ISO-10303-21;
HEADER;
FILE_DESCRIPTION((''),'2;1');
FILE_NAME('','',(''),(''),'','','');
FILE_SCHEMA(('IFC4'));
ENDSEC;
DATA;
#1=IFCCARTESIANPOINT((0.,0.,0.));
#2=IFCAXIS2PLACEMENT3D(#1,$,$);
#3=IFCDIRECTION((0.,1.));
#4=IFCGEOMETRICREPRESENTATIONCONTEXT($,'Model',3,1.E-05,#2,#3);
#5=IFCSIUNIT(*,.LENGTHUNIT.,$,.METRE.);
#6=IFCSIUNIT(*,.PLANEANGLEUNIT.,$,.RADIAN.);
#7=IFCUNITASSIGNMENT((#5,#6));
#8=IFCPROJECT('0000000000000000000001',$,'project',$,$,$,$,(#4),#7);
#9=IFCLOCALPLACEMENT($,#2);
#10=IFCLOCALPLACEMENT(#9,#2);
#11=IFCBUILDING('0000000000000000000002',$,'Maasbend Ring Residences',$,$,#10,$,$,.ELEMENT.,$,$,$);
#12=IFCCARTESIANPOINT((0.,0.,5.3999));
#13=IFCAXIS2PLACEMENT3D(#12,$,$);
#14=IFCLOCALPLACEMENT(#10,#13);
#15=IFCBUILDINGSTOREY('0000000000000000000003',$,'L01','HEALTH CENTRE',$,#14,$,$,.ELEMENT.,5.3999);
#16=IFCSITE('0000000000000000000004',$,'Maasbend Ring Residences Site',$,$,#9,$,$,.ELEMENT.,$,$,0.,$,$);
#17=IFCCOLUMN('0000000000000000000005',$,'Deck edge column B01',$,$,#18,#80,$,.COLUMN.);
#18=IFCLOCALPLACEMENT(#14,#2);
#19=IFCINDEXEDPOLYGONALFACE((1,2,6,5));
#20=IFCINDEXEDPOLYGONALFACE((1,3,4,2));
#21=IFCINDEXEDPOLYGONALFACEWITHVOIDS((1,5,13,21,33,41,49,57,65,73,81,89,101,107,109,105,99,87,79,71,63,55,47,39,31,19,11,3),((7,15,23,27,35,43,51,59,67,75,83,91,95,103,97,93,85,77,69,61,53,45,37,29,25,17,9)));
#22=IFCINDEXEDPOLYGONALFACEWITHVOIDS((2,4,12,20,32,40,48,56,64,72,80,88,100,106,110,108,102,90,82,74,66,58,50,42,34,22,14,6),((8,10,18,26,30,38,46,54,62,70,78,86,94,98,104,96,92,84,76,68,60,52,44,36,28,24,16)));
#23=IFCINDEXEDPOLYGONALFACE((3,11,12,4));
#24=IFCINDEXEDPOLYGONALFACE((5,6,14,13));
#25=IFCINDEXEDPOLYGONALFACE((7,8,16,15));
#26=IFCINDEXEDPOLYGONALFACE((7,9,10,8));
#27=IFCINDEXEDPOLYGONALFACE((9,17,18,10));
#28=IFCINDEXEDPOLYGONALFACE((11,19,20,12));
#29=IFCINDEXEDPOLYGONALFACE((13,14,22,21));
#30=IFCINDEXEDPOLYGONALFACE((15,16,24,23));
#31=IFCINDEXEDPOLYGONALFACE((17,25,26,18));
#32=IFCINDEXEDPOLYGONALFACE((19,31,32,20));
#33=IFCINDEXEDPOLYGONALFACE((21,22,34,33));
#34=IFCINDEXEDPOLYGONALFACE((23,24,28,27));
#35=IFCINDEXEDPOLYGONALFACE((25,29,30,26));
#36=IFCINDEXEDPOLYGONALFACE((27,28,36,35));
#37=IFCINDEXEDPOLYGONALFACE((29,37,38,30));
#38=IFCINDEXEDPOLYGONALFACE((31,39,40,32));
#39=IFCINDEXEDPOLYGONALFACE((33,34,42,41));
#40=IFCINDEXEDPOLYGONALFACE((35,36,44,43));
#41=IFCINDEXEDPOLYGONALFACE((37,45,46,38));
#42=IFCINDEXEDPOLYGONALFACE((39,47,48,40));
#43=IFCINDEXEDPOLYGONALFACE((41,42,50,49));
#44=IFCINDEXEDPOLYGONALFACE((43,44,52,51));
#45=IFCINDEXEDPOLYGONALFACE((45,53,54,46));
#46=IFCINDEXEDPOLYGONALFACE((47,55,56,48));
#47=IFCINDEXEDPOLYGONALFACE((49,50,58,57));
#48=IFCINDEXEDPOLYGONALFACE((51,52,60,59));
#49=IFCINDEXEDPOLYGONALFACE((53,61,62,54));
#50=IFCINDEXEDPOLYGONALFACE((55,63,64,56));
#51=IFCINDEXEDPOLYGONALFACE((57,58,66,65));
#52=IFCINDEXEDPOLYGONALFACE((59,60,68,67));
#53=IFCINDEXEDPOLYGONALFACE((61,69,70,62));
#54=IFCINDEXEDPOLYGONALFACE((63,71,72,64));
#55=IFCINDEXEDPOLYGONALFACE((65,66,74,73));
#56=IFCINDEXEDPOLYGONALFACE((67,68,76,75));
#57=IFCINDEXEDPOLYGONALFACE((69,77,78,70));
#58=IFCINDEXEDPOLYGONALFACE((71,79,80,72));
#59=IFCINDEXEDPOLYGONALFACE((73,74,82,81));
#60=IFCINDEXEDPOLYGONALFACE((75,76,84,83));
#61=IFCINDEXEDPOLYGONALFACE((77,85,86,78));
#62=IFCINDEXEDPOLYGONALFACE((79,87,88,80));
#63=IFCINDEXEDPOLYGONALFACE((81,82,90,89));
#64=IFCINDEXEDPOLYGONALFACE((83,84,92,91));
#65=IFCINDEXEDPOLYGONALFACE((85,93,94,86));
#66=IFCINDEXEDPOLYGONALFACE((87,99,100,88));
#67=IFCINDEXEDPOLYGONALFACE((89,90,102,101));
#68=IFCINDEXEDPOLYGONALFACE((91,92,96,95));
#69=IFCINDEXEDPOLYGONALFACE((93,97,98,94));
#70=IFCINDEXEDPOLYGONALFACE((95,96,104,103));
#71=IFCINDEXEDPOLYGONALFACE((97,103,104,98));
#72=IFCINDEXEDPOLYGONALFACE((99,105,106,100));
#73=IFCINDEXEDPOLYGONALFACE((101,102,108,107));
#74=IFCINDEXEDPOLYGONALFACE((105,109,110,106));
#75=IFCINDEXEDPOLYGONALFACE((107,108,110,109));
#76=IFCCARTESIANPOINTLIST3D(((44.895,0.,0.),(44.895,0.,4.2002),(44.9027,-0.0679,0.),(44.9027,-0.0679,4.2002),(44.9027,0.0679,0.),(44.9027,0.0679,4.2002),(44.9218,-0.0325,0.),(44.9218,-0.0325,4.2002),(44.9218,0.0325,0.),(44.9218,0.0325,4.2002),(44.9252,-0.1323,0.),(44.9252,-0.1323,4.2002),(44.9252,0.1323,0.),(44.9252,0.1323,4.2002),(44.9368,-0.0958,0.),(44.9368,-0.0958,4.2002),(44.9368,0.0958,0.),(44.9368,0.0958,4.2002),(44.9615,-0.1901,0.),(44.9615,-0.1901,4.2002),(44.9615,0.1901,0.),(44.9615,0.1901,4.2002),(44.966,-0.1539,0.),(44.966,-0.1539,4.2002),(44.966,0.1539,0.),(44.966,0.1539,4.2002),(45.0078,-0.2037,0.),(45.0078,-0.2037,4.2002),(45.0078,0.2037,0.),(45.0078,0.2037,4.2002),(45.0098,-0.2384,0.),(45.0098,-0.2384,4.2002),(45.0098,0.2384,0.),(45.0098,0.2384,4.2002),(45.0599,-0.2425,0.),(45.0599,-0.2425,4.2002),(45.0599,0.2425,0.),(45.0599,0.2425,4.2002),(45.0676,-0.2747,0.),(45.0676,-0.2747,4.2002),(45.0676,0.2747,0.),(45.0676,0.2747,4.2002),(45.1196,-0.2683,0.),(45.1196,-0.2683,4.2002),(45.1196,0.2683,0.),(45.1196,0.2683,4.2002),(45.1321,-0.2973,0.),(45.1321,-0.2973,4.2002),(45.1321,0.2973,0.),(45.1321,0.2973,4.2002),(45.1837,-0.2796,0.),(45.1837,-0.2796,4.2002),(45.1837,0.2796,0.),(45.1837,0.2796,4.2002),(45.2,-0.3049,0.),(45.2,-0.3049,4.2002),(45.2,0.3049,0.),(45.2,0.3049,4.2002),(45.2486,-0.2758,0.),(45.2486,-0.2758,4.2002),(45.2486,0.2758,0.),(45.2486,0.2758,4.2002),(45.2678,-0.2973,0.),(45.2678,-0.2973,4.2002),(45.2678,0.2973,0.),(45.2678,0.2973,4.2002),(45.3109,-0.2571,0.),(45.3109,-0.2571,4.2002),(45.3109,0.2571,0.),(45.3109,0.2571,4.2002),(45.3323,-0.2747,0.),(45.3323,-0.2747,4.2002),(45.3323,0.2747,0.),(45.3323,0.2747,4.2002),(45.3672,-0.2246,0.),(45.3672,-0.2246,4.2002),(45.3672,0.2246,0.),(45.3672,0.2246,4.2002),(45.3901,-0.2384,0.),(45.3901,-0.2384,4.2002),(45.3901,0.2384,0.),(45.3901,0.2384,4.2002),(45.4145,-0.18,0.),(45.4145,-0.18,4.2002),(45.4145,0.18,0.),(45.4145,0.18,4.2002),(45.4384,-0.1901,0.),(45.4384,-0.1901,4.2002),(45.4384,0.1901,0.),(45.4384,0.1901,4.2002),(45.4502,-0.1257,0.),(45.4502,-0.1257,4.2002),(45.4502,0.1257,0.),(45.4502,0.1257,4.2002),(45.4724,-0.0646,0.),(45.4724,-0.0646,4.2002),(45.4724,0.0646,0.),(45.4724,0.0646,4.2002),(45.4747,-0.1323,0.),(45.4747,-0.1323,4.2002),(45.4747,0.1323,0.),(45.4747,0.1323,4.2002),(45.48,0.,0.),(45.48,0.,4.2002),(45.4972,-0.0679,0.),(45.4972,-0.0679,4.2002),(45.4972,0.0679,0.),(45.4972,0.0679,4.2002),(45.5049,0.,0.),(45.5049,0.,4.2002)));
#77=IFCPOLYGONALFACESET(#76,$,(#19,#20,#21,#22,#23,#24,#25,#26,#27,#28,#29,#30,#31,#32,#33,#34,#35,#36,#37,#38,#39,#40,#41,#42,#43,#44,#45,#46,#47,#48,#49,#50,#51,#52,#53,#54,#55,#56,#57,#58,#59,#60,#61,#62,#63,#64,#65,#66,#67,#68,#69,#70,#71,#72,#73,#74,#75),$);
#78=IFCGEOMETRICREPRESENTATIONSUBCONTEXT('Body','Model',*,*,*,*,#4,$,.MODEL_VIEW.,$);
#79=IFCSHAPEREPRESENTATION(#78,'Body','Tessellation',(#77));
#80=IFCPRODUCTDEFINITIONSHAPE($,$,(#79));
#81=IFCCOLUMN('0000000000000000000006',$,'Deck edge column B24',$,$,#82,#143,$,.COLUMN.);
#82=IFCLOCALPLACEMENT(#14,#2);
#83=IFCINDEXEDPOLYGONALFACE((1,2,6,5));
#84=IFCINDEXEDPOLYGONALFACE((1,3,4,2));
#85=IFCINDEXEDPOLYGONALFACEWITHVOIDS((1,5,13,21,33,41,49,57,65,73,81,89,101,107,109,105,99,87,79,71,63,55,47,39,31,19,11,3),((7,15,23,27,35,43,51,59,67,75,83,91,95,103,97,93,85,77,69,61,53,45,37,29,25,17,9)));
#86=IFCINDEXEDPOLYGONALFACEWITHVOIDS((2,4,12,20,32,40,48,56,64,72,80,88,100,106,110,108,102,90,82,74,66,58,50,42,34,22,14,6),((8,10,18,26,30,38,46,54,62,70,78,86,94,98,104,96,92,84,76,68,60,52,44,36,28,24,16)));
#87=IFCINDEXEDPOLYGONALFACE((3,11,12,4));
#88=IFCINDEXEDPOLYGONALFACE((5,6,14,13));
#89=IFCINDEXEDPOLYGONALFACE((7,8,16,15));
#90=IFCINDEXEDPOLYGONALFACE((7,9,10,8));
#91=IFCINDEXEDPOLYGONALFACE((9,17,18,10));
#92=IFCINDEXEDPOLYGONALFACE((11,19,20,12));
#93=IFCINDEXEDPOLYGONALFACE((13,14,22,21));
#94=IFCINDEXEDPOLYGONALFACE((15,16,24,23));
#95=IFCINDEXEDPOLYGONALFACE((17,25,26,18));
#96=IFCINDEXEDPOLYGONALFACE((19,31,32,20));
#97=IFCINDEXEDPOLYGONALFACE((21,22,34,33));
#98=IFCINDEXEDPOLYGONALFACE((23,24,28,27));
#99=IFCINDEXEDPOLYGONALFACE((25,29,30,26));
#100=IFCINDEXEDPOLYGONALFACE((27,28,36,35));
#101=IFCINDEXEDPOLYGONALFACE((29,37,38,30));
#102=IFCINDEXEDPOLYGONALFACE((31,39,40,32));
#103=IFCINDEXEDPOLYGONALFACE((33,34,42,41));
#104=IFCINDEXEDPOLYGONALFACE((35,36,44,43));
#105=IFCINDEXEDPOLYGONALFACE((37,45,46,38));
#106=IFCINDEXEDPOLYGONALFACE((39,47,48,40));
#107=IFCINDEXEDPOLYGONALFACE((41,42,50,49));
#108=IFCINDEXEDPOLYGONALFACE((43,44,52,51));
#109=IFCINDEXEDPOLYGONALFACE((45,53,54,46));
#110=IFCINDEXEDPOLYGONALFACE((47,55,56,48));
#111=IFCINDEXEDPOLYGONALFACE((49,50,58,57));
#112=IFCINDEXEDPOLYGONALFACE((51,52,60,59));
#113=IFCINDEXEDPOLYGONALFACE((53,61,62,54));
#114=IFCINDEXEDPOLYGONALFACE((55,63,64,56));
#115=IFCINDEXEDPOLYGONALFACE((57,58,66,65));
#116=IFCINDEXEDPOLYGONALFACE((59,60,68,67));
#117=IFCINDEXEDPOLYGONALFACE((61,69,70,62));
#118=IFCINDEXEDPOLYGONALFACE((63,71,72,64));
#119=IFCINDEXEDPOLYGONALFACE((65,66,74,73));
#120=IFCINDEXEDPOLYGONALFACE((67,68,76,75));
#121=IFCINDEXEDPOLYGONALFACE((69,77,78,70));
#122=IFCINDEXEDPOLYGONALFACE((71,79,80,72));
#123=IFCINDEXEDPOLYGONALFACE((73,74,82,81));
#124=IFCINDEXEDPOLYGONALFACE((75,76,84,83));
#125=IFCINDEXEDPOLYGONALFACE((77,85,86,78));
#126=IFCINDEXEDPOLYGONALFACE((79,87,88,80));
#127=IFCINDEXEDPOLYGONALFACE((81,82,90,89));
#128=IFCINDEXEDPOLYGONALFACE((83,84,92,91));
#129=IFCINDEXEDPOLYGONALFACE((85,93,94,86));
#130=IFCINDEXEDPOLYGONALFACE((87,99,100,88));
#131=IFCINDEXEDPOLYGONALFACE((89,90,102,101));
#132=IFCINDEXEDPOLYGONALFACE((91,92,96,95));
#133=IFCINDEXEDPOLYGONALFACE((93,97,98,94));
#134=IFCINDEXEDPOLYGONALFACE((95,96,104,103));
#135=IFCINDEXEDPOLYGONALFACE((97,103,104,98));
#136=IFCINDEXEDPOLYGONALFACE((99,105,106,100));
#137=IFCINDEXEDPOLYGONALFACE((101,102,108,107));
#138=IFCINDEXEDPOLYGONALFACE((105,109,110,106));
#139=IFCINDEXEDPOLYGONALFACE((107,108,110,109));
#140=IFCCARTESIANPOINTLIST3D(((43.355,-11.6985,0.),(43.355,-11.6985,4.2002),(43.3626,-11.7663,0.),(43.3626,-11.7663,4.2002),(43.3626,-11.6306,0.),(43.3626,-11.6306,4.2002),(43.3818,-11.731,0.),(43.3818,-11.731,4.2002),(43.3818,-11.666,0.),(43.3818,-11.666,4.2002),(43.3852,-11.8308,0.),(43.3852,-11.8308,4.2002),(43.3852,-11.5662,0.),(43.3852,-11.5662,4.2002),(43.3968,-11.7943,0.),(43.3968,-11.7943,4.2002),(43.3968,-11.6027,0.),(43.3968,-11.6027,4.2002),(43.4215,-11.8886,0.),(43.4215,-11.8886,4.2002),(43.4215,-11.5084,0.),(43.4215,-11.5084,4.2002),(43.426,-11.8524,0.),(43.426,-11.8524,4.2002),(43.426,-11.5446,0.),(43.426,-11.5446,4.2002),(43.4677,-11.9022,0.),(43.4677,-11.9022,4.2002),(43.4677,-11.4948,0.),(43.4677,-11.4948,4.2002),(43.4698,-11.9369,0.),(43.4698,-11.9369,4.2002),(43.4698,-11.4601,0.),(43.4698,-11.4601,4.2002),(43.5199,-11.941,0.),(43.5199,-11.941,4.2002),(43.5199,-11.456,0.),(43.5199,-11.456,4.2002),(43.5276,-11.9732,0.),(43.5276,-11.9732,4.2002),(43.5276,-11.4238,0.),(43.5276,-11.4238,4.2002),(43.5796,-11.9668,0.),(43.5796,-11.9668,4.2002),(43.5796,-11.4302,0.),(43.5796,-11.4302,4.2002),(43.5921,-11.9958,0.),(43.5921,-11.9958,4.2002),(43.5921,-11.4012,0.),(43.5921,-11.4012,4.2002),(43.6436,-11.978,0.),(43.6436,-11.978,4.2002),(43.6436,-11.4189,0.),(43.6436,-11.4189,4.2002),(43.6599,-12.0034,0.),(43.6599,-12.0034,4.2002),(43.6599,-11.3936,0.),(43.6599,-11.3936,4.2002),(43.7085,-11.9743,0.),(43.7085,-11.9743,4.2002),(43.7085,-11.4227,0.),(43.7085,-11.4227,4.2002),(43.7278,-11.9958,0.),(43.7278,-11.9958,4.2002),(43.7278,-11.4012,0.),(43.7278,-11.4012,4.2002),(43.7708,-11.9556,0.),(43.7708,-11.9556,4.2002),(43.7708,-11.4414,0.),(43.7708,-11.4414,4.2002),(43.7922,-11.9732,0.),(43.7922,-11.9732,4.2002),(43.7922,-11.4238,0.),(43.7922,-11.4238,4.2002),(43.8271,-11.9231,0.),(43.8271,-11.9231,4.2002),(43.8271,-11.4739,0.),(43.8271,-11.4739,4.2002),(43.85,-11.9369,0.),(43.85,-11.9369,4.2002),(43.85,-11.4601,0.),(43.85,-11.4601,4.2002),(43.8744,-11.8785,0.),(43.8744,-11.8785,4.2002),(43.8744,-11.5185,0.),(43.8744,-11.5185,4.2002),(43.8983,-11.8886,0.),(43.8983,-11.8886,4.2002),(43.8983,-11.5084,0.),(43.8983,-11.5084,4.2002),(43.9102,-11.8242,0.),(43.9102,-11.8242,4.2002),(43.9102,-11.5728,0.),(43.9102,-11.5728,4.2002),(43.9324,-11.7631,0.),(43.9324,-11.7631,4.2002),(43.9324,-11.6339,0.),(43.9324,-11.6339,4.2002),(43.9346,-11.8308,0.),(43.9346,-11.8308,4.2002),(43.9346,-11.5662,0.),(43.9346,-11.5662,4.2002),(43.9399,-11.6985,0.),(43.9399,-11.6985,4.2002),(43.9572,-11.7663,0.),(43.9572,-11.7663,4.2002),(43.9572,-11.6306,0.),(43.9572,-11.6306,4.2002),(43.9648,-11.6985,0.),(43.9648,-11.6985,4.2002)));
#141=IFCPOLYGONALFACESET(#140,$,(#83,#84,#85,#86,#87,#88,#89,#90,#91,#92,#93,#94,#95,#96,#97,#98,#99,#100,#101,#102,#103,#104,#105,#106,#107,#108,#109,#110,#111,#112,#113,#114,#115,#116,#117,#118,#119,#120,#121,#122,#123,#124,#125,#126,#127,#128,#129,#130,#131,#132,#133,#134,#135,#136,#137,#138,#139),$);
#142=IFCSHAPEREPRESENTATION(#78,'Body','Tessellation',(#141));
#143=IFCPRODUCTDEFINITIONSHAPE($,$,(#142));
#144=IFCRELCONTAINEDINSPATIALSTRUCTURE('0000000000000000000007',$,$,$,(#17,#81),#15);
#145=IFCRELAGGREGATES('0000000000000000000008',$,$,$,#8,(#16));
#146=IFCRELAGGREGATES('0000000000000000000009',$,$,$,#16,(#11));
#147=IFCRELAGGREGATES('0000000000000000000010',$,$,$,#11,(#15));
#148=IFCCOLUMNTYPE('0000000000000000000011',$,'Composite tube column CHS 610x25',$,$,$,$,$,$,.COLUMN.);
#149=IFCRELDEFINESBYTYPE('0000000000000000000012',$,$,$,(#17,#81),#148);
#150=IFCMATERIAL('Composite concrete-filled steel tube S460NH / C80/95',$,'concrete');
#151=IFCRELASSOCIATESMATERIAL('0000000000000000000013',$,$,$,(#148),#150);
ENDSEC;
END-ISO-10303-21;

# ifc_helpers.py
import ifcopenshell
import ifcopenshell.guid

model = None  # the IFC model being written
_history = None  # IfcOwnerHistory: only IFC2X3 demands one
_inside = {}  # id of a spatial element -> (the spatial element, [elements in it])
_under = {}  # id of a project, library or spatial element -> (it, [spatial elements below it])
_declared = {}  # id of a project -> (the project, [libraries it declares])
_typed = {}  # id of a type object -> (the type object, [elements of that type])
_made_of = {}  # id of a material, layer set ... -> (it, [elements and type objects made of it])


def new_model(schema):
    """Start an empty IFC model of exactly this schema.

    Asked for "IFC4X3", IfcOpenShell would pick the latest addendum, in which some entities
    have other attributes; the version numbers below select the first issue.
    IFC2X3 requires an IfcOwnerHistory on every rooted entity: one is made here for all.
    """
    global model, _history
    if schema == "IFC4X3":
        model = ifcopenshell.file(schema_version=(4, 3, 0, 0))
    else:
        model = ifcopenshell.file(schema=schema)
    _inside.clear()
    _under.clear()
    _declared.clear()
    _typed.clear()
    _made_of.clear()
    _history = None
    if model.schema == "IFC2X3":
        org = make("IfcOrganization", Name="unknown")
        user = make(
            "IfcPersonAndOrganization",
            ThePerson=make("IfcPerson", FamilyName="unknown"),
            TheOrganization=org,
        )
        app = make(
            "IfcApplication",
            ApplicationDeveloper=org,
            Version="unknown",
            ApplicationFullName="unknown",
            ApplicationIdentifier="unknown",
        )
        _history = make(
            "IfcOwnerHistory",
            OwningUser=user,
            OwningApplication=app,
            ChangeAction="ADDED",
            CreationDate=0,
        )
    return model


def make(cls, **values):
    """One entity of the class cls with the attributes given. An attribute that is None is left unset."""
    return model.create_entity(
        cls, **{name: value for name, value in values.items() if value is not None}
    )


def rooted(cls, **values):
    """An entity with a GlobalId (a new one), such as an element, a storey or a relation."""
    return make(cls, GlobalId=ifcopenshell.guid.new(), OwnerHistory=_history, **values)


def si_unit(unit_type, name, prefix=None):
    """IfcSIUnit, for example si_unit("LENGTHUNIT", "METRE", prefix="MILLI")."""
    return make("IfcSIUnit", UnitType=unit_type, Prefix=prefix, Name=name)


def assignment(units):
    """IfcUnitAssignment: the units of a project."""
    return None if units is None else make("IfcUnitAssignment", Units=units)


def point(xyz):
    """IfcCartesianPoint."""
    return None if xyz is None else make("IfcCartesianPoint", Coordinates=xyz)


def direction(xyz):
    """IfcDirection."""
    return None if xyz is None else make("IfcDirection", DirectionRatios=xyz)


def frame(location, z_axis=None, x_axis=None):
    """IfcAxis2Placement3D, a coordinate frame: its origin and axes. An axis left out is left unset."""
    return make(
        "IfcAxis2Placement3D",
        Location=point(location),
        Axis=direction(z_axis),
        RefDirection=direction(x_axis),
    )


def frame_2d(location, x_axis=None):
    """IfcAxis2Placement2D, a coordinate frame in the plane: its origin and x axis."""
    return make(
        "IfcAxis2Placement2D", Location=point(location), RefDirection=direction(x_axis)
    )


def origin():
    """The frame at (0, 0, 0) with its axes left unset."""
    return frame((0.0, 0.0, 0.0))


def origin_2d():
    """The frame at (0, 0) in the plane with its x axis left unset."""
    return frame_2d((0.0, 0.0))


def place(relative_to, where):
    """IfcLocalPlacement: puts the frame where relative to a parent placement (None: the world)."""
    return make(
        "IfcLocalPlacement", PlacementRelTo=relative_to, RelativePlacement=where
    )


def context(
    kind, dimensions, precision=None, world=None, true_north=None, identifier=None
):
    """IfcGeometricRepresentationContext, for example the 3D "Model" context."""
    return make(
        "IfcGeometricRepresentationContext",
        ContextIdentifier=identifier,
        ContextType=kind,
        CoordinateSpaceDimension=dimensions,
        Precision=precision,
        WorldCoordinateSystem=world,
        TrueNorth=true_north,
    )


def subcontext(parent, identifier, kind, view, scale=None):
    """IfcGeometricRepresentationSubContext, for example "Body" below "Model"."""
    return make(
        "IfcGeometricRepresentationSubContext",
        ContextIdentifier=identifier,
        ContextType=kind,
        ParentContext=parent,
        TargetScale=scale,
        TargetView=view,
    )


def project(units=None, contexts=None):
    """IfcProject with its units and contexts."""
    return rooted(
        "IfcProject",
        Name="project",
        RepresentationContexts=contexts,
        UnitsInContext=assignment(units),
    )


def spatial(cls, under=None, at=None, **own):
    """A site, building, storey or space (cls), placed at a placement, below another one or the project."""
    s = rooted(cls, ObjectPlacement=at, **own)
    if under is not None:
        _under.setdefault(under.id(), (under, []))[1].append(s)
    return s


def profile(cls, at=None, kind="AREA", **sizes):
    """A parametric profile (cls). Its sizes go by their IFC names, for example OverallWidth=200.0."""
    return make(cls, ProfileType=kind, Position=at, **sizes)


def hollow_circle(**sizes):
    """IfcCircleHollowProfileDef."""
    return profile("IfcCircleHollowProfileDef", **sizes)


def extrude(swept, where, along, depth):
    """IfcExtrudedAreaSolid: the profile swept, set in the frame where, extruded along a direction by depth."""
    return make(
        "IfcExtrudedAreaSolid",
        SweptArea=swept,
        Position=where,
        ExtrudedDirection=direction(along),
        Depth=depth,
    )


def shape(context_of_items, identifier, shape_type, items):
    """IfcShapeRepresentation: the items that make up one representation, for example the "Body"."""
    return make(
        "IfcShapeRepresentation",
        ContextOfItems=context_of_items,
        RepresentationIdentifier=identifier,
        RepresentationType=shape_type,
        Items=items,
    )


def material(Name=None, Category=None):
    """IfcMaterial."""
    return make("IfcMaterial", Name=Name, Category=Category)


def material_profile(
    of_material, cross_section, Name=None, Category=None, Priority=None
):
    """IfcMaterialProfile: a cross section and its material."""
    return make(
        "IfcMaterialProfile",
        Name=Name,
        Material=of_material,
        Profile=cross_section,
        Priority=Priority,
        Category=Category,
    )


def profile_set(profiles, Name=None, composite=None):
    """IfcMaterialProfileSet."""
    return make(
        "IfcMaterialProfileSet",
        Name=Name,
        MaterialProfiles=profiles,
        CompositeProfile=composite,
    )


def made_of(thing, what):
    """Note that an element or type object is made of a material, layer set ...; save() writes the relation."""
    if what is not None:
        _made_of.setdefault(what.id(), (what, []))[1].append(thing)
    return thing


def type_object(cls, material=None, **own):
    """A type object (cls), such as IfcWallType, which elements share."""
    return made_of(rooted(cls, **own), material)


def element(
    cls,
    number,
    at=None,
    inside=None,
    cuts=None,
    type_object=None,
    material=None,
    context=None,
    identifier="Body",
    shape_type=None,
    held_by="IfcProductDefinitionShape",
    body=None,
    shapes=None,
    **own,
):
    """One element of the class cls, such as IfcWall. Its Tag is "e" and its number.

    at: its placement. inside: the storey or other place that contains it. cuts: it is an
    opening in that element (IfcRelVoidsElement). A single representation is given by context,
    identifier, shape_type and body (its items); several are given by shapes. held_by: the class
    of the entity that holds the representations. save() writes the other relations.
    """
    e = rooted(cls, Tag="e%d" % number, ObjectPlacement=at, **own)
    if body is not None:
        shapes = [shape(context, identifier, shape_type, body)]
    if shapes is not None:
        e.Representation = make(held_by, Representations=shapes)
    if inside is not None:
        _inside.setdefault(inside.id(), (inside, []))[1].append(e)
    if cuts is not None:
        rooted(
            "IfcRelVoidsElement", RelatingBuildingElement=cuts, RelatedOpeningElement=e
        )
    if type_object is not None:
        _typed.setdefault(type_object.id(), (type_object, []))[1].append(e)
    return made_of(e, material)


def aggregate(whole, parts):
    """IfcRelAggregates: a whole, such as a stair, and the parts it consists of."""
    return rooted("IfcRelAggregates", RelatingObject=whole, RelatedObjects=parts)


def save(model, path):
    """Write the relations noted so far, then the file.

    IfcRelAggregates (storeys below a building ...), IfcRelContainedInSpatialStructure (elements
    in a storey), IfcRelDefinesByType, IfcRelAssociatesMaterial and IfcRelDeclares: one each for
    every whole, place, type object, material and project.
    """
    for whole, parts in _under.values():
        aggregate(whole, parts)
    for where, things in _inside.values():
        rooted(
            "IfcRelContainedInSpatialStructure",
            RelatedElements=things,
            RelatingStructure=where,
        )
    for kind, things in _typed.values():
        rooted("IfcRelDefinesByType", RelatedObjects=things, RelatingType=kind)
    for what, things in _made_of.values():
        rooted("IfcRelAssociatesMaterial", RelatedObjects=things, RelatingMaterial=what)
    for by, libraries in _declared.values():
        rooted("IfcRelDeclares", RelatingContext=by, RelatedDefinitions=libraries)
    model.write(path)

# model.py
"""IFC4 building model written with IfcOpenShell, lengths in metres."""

from ifc_helpers import new_model, si_unit, direction, frame, origin, origin_2d, place, context, subcontext, project, spatial, hollow_circle, extrude, material, material_profile, profile_set, type_object, element, save


model = new_model("IFC4")

# Units and contexts
model_context = context("Model", 3, precision=1e-05, world=origin(), true_north=direction((0.0, 1.0)))
body_context = subcontext(model_context, "Body", "Model", "MODEL_VIEW")
ifc_project = project(units=[si_unit("LENGTHUNIT", "METRE"), si_unit("PLANEANGLEUNIT", "RADIAN")], contexts=[model_context])

# Site, building, storey
site_placement = place(None, origin())
site = spatial("IfcSite", under=ifc_project, at=site_placement, Name="Maasbend Ring Residences Site", CompositionType="ELEMENT", RefElevation=0.0)
building_placement = place(site_placement, origin())
building = spatial("IfcBuilding", under=site, at=building_placement, Name="Maasbend Ring Residences", CompositionType="ELEMENT")
storey_placement = place(building_placement, frame((0.0, 0.0, 5.3999)))
storey = spatial("IfcBuildingStorey", under=building, at=storey_placement, Name="L01", Description="HEALTH CENTRE", CompositionType="ELEMENT", Elevation=5.3999)

# Columns
ifc_material_1 = material(Name="Composite concrete-filled steel tube S460NH / C80/95", Category="concrete")
ifc_material_profile_1 = material_profile(ifc_material_1, hollow_circle(Radius=0.3049, WallThickness=0.0249, at=origin_2d()), Name="Composite tube column CHS 610x25")
ifc_profile_set_1 = profile_set([ifc_material_profile_1], Name="Composite concrete-filled steel tube S460NH / C80/95")
column_type_1 = type_object("IfcColumnType", Name="Composite tube column CHS 610x25", PredefinedType="COLUMN", material=ifc_profile_set_1)
for number, where, z_axis, x_axis, name in (
    (1, (45.2, 0.0, 0.0), (0.0, 0.0, 1.0), (1.0, 0.0, 0.0), "Deck edge column B01"),
    (2, (43.6599, -11.6985, 0.0), (0.0, 0.0, 1.0), (1.0, 0.0, 0.0), "Deck edge column B24"),
):
    element("IfcColumn", number, at=place(storey_placement, frame(where, z_axis=z_axis, x_axis=x_axis)), inside=storey, type_object=column_type_1, Name=name, PredefinedType="COLUMN", context=body_context, shape_type="SweptSolid", body=[
        extrude(hollow_circle(Radius=0.3049, WallThickness=0.0249, at=origin_2d()), origin(), (0.0, 0.0, 1.0), 4.2002),
    ])

save(model, "model.ifc")
